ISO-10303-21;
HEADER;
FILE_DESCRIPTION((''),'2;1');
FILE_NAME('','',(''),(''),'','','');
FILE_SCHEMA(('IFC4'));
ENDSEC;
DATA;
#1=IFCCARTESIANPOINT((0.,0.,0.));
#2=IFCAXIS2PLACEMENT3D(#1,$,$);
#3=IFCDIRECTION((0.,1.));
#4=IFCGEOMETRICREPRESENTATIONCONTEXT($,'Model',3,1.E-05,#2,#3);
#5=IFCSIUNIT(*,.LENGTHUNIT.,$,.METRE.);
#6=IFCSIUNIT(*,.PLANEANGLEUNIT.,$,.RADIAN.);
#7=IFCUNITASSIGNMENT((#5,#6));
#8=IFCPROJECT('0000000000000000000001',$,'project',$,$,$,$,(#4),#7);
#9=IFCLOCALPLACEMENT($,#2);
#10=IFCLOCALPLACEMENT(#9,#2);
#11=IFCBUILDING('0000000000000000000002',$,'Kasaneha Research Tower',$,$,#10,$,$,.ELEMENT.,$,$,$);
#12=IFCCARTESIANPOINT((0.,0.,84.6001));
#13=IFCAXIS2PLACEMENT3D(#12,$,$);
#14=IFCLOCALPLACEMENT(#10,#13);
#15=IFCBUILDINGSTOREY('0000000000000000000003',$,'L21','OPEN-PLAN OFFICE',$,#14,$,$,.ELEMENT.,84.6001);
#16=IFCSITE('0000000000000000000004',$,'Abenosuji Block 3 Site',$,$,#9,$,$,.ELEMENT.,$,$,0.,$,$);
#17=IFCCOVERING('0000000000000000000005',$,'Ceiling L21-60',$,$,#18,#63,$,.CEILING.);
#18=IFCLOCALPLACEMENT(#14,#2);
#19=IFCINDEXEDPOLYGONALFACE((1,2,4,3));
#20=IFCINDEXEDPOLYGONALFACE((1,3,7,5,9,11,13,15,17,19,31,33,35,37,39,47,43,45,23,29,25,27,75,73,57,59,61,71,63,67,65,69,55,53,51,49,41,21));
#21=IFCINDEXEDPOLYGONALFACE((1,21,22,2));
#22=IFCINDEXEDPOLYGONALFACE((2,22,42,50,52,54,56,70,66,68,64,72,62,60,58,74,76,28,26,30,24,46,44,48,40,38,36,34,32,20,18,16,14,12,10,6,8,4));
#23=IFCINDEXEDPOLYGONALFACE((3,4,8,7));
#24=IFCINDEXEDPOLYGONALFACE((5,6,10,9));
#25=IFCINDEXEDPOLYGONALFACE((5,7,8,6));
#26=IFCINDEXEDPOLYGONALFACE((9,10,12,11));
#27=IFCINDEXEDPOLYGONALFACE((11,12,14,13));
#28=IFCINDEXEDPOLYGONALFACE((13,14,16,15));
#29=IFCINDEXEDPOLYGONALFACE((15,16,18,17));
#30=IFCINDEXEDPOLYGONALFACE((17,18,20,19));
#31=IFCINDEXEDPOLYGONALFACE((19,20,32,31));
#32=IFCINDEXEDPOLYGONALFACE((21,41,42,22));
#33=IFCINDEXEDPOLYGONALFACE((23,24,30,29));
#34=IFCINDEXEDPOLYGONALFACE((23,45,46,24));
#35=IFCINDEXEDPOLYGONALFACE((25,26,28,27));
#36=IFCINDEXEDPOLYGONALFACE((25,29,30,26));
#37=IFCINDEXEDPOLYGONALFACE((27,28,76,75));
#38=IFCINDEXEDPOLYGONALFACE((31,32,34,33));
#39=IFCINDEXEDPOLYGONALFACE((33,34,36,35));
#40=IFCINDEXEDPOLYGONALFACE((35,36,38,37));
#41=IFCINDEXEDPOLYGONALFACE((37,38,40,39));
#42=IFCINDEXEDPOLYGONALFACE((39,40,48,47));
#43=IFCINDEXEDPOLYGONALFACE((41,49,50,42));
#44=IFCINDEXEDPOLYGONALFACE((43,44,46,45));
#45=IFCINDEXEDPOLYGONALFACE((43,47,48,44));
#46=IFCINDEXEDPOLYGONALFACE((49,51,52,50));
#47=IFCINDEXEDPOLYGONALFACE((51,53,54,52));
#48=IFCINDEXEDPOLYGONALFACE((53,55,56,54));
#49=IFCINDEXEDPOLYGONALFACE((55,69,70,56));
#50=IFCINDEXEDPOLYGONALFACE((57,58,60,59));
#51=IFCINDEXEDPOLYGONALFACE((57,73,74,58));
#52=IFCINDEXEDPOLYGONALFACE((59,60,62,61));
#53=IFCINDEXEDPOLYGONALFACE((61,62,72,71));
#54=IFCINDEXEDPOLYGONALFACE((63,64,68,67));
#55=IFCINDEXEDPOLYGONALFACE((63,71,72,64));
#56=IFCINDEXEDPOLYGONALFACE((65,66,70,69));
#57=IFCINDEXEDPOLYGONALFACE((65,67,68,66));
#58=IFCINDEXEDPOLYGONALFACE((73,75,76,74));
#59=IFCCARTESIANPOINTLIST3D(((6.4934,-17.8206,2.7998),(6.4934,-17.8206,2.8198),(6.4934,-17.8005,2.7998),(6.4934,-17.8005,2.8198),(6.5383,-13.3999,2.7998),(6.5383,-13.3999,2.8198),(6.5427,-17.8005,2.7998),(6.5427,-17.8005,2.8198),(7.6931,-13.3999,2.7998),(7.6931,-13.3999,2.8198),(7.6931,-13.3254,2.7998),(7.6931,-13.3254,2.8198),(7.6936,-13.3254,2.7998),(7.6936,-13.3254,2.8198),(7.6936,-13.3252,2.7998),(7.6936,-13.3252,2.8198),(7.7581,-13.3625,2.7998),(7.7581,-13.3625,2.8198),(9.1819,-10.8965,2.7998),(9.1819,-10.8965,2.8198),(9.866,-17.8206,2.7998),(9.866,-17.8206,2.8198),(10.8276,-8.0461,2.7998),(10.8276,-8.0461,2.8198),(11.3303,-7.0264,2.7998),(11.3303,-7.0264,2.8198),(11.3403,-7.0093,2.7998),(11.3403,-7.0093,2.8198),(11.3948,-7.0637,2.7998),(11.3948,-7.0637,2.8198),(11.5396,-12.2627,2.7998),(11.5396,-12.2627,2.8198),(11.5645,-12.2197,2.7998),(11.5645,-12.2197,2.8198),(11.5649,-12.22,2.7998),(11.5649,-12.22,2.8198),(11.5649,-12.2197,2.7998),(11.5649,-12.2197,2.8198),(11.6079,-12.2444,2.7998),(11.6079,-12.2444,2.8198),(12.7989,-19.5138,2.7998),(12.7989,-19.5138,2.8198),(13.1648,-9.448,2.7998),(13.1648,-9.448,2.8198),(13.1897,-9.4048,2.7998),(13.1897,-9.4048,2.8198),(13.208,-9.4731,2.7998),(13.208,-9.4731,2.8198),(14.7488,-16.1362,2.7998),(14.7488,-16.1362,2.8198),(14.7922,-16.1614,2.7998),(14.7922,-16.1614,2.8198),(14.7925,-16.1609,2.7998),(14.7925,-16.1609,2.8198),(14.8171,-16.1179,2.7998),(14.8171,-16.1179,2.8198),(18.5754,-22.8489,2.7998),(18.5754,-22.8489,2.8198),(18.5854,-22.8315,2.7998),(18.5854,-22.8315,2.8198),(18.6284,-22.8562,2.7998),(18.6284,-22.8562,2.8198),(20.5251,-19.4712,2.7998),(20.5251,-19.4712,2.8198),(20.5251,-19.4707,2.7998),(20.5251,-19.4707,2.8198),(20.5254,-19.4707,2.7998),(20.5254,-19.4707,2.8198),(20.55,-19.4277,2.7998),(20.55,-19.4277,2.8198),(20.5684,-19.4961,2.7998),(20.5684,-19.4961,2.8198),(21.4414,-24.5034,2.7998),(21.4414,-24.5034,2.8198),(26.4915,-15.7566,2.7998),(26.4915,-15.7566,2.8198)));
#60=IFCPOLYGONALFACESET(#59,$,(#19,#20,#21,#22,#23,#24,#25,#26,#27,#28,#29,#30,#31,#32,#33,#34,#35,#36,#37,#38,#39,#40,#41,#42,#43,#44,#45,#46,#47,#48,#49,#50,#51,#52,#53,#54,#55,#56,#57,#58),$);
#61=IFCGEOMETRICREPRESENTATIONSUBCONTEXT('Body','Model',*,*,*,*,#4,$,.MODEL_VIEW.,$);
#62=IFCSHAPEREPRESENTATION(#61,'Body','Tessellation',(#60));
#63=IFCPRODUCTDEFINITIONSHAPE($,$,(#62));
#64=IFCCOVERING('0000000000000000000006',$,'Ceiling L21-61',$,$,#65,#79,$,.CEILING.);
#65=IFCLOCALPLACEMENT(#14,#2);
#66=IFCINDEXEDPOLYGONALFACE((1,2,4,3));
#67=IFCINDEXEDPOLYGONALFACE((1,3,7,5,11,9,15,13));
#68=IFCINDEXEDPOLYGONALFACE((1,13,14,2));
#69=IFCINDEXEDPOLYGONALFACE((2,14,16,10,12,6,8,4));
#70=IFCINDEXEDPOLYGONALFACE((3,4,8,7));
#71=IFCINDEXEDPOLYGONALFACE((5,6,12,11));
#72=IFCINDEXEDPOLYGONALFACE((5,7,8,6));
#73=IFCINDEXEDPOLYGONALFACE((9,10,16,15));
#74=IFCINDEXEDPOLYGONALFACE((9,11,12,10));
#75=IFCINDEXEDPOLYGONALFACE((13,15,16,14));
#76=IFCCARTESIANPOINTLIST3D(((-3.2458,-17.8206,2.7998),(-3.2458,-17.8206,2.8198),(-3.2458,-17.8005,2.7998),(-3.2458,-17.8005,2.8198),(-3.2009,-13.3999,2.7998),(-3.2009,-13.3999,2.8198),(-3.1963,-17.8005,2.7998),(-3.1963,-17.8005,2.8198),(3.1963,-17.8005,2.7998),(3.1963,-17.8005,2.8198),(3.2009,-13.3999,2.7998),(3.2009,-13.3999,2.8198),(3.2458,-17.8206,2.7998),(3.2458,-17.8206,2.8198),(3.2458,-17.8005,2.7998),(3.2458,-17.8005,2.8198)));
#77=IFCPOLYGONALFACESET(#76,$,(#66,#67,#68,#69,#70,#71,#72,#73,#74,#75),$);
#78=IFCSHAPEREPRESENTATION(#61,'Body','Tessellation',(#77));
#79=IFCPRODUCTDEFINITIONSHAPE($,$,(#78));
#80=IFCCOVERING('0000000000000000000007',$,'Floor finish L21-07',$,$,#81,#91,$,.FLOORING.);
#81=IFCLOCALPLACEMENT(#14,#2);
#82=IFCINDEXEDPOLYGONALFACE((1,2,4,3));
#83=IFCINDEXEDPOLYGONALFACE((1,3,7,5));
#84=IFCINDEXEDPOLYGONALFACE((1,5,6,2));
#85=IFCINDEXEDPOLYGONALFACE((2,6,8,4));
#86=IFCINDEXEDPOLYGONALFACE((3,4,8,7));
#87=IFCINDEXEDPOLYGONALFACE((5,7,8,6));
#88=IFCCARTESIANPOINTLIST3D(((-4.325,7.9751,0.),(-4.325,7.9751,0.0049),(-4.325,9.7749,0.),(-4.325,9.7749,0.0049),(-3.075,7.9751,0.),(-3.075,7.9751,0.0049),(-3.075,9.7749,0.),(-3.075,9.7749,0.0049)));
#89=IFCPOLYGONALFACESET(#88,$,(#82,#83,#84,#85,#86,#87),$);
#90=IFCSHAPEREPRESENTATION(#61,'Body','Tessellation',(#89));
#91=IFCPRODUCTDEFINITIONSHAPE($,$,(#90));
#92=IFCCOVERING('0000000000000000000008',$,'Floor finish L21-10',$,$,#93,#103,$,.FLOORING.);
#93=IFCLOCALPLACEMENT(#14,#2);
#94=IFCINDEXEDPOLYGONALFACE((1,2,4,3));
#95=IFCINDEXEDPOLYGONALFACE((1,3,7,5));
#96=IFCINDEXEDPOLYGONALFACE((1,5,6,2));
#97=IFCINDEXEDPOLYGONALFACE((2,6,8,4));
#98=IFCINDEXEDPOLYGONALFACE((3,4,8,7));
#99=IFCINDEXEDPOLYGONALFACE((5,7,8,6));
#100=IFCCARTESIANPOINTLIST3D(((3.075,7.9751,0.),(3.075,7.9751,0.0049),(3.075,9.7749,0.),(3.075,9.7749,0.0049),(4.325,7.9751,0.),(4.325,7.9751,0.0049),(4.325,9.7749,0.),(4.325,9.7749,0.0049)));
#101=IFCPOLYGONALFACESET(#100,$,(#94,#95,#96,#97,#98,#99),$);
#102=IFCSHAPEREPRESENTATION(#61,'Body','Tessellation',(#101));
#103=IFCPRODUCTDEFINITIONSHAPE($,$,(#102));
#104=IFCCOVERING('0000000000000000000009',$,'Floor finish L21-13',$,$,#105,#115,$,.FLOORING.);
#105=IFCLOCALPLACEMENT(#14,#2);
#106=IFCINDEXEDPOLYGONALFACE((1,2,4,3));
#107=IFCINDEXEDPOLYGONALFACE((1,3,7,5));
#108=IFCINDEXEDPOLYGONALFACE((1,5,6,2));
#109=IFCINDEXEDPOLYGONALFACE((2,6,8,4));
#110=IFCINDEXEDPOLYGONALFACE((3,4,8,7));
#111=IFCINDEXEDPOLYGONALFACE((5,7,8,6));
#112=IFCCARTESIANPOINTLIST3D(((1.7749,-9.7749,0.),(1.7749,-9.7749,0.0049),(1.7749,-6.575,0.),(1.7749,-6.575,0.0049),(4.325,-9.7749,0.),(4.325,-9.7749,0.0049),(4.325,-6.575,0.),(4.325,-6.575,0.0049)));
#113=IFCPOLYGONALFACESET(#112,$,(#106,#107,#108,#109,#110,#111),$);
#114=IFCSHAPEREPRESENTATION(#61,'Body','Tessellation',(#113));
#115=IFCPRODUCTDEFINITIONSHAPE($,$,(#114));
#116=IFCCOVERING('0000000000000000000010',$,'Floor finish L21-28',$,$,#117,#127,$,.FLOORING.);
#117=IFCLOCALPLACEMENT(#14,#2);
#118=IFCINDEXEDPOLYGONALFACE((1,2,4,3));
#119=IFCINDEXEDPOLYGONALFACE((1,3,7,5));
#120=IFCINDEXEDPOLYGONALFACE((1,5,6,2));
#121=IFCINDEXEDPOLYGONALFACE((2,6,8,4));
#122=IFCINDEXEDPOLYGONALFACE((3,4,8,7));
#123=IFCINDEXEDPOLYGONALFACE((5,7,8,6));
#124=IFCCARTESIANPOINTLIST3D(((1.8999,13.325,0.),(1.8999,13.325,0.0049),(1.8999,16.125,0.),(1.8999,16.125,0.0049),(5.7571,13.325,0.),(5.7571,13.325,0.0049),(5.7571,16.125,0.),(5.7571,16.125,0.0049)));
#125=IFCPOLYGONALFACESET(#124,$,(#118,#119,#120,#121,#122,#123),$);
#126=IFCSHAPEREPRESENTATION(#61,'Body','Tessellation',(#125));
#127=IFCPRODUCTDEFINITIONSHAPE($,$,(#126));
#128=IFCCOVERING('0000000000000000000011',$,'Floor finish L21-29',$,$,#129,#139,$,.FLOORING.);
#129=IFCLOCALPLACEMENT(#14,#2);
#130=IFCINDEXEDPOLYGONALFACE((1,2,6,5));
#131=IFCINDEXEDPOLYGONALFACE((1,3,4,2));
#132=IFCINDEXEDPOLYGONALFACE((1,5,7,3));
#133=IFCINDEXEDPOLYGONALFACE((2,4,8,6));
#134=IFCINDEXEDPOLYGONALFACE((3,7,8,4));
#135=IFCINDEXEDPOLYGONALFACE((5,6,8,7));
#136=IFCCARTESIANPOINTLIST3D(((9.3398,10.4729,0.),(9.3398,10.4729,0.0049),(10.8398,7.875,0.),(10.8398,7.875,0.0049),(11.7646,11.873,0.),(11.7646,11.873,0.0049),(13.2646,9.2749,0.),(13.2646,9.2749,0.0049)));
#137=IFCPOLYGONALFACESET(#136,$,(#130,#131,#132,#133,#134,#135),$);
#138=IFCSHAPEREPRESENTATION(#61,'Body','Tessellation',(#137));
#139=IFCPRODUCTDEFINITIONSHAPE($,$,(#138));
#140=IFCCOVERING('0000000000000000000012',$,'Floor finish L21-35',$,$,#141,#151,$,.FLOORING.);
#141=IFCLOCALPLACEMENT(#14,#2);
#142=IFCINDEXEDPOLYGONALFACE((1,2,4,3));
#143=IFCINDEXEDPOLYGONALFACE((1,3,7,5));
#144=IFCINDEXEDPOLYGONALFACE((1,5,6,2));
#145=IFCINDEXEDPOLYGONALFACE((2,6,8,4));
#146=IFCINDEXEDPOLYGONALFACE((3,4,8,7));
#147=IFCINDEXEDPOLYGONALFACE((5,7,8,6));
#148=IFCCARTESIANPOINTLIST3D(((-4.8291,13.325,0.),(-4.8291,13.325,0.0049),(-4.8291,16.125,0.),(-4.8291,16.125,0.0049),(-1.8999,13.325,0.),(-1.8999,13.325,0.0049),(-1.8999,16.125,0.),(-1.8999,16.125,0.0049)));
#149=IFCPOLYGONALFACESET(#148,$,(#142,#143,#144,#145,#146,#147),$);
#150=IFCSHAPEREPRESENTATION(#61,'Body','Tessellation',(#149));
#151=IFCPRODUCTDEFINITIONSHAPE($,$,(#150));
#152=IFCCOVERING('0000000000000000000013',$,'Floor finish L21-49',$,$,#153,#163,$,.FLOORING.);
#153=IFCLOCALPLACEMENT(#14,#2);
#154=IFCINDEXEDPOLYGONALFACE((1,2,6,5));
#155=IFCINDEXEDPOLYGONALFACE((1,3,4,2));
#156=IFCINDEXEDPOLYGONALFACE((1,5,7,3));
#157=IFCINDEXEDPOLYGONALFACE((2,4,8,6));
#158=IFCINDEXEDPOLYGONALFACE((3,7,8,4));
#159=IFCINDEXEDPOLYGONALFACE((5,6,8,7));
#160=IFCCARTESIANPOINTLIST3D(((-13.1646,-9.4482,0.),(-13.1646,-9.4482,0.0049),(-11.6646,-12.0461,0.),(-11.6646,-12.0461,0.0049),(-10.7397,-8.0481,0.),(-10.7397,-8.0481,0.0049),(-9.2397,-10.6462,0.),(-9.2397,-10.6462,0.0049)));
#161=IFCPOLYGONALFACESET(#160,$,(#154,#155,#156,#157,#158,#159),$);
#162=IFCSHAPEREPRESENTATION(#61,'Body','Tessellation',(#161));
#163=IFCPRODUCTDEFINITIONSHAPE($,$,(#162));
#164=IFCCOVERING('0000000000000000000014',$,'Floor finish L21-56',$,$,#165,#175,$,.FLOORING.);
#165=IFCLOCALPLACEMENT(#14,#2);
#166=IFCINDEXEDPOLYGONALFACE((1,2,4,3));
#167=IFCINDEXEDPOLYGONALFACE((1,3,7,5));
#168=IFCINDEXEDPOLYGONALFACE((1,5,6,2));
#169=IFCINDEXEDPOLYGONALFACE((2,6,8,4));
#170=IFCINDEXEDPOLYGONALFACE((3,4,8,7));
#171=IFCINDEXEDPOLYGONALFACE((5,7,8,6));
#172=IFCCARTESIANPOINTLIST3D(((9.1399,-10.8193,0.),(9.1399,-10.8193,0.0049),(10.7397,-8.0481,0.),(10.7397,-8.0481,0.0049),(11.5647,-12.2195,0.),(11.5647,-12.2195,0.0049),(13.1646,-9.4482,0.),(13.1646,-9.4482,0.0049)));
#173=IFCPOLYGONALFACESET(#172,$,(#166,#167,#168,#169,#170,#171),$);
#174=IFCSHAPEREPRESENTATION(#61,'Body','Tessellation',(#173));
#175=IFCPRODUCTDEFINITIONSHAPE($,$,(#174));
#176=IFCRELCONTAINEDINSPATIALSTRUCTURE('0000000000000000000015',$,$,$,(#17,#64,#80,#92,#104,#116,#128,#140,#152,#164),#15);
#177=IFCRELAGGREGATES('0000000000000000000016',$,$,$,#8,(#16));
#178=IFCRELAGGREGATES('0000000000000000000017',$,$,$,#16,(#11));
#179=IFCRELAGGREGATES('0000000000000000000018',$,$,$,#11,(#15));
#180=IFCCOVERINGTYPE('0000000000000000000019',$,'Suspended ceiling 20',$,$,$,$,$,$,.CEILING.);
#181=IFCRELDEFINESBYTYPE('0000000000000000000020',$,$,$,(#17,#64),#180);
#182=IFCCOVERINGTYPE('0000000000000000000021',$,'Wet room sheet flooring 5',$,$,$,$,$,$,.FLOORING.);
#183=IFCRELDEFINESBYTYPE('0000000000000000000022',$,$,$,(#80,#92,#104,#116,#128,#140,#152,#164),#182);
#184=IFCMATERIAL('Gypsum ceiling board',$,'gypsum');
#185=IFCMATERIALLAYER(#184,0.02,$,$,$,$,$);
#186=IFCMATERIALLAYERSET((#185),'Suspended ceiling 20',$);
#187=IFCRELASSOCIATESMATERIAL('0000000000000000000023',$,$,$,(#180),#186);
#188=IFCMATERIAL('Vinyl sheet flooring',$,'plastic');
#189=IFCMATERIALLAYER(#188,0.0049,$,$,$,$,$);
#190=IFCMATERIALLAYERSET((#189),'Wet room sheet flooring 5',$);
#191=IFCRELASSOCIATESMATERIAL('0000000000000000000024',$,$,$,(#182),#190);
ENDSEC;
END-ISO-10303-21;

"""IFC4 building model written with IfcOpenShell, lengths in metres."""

from ifc_helpers import new_model, si_unit, direction, frame, origin, place, context, subcontext, project, spatial, polyline, outline, extrude, material, layer, layer_set, type_object, element, save


model = new_model("IFC4")

# Units and contexts
model_context = context("Model", 3, precision=1e-05, world=origin(), true_north=direction((0.0, 1.0)))
body_context = subcontext(model_context, "Body", "Model", "MODEL_VIEW")
ifc_project = project(units=[si_unit("LENGTHUNIT", "METRE"), si_unit("PLANEANGLEUNIT", "RADIAN")], contexts=[model_context])

# Site, building, storey
site_placement = place(None, origin())
site = spatial("IfcSite", under=ifc_project, at=site_placement, Name="Abenosuji Block 3 Site", CompositionType="ELEMENT", RefElevation=0.0)
building_placement = place(site_placement, origin())
building = spatial("IfcBuilding", under=site, at=building_placement, Name="Kasaneha Research Tower", CompositionType="ELEMENT")
storey_placement = place(building_placement, frame((0.0, 0.0, 84.6001)))
storey = spatial("IfcBuildingStorey", under=building, at=storey_placement, Name="L21", Description="OPEN-PLAN OFFICE", CompositionType="ELEMENT", Elevation=84.6001)

# Coverings
ifc_material_1 = material(Name="Gypsum ceiling board", Category="gypsum")
ifc_layer_1 = layer(ifc_material_1, 0.02)
ifc_layer_set_1 = layer_set([ifc_layer_1], Name="Suspended ceiling 20")
covering_type_1 = type_object("IfcCoveringType", Name="Suspended ceiling 20", PredefinedType="CEILING", material=ifc_layer_set_1)
covering_1_placement = place(storey_placement, frame((0.0, 0.0, 2.7998)))
element("IfcCovering", 1, at=covering_1_placement, inside=storey, type_object=covering_type_1, Name="Ceiling L21-60", PredefinedType="CEILING", context=body_context, shape_type="SweptSolid", body=[
    extrude(outline(polyline([(7.6936, -13.3254), (7.6936, -13.3252), (7.7581, -13.3625), (9.1819, -10.8965), (11.5396, -12.2627), (11.5645, -12.2197), (11.5649, -12.22), (11.5649, -12.2197), (11.6079, -12.2444), (13.208, -9.4731), (13.1648, -9.448), (13.1897, -9.4048), (10.8276, -8.0461), (11.3948, -7.0637), (11.3303, -7.0264), (11.3403, -7.0093), (26.4915, -15.7566), (21.4414, -24.5034), (18.5754, -22.8489), (18.5854, -22.8315), (18.6284, -22.8562), (20.5684, -19.4961), (20.5251, -19.4712), (20.5254, -19.4707), (20.5251, -19.4707), (20.55, -19.4277), (14.8171, -16.1179), (14.7925, -16.1609), (14.7925, -16.1609), (14.7922, -16.1614), (14.7488, -16.1362), (12.7988, -19.5139), (12.8418, -19.5386), (12.8418, -19.5386), (9.866, -17.8206), (6.4934, -17.8206), (6.4934, -17.8005), (6.5427, -17.8005), (6.5383, -13.3999), (7.6931, -13.3999), (7.6931, -13.3254), (7.6936, -13.3254)])), origin(), (0.0, 0.0, 1.0), 0.02),
])
covering_2_placement = place(storey_placement, frame((0.0, 0.0, 2.7998)))
element("IfcCovering", 2, at=covering_2_placement, inside=storey, type_object=covering_type_1, Name="Ceiling L21-61", PredefinedType="CEILING", context=body_context, shape_type="SweptSolid", body=[
    extrude(outline(polyline([(3.2458, -17.8206), (-3.2458, -17.8206), (-3.2458, -17.8005), (-3.1963, -17.8005), (-3.2009, -13.3999), (3.2009, -13.3999), (3.1963, -17.8005), (3.2458, -17.8005), (3.2458, -17.8206)])), origin(), (0.0, 0.0, 1.0), 0.02),
])
ifc_material_2 = material(Name="Vinyl sheet flooring", Category="plastic")
ifc_layer_2 = layer(ifc_material_2, 0.0049)
ifc_layer_set_2 = layer_set([ifc_layer_2], Name="Wet room sheet flooring 5")
covering_type_2 = type_object("IfcCoveringType", Name="Wet room sheet flooring 5", PredefinedType="FLOORING", material=ifc_layer_set_2)
covering_3_placement = place(storey_placement, origin())
element("IfcCovering", 3, at=covering_3_placement, inside=storey, type_object=covering_type_2, Name="Floor finish L21-07", PredefinedType="FLOORING", context=body_context, shape_type="SweptSolid", body=[
    extrude(outline(polyline([(-4.325, 7.9751), (-4.325, 9.7749), (-3.075, 9.7749), (-3.075, 7.9751), (-4.325, 7.9751)])), origin(), (0.0, 0.0, 1.0), 0.0049),
])
covering_4_placement = place(storey_placement, origin())
element("IfcCovering", 4, at=covering_4_placement, inside=storey, type_object=covering_type_2, Name="Floor finish L21-10", PredefinedType="FLOORING", context=body_context, shape_type="SweptSolid", body=[
    extrude(outline(polyline([(4.325, 7.9751), (3.075, 7.9751), (3.075, 9.7749), (4.325, 9.7749), (4.325, 7.9751)])), origin(), (0.0, 0.0, 1.0), 0.0049),
])
covering_5_placement = place(storey_placement, origin())
element("IfcCovering", 5, at=covering_5_placement, inside=storey, type_object=covering_type_2, Name="Floor finish L21-13", PredefinedType="FLOORING", context=body_context, shape_type="SweptSolid", body=[
    extrude(outline(polyline([(1.7749, -9.7749), (1.7749, -6.575), (4.325, -6.575), (4.325, -9.7749), (1.7749, -9.7749)])), origin(), (0.0, 0.0, 1.0), 0.0049),
])
covering_6_placement = place(storey_placement, origin())
element("IfcCovering", 6, at=covering_6_placement, inside=storey, type_object=covering_type_2, Name="Floor finish L21-28", PredefinedType="FLOORING", context=body_context, shape_type="SweptSolid", body=[
    extrude(outline(polyline([(1.8999, 16.125), (5.7571, 16.125), (5.7571, 13.325), (1.8999, 13.325), (1.8999, 16.125)])), origin(), (0.0, 0.0, 1.0), 0.0049),
])
covering_7_placement = place(storey_placement, origin())
element("IfcCovering", 7, at=covering_7_placement, inside=storey, type_object=covering_type_2, Name="Floor finish L21-29", PredefinedType="FLOORING", context=body_context, shape_type="SweptSolid", body=[
    extrude(outline(polyline([(11.7646, 11.873), (13.2646, 9.2749), (10.8398, 7.875), (9.3398, 10.4729), (11.7646, 11.873)])), origin(), (0.0, 0.0, 1.0), 0.0049),
])
covering_8_placement = place(storey_placement, origin())
element("IfcCovering", 8, at=covering_8_placement, inside=storey, type_object=covering_type_2, Name="Floor finish L21-35", PredefinedType="FLOORING", context=body_context, shape_type="SweptSolid", body=[
    extrude(outline(polyline([(-4.8291, 16.125), (-1.8999, 16.125), (-1.8999, 13.325), (-4.8291, 13.325), (-4.8291, 16.125)])), origin(), (0.0, 0.0, 1.0), 0.0049),
])
covering_9_placement = place(storey_placement, origin())
element("IfcCovering", 9, at=covering_9_placement, inside=storey, type_object=covering_type_2, Name="Floor finish L21-49", PredefinedType="FLOORING", context=body_context, shape_type="SweptSolid", body=[
    extrude(outline(polyline([(-11.6646, -12.0461), (-13.1646, -9.4482), (-10.7397, -8.0481), (-9.2397, -10.6462), (-11.6646, -12.0461)])), origin(), (0.0, 0.0, 1.0), 0.0049),
])
covering_10_placement = place(storey_placement, origin())
element("IfcCovering", 10, at=covering_10_placement, inside=storey, type_object=covering_type_2, Name="Floor finish L21-56", PredefinedType="FLOORING", context=body_context, shape_type="SweptSolid", body=[
    extrude(outline(polyline([(13.1646, -9.4482), (11.5647, -12.2195), (9.1399, -10.8193), (10.7397, -8.0481), (13.1646, -9.4482)])), origin(), (0.0, 0.0, 1.0), 0.0049),
])

save(model, "model.ifc")
